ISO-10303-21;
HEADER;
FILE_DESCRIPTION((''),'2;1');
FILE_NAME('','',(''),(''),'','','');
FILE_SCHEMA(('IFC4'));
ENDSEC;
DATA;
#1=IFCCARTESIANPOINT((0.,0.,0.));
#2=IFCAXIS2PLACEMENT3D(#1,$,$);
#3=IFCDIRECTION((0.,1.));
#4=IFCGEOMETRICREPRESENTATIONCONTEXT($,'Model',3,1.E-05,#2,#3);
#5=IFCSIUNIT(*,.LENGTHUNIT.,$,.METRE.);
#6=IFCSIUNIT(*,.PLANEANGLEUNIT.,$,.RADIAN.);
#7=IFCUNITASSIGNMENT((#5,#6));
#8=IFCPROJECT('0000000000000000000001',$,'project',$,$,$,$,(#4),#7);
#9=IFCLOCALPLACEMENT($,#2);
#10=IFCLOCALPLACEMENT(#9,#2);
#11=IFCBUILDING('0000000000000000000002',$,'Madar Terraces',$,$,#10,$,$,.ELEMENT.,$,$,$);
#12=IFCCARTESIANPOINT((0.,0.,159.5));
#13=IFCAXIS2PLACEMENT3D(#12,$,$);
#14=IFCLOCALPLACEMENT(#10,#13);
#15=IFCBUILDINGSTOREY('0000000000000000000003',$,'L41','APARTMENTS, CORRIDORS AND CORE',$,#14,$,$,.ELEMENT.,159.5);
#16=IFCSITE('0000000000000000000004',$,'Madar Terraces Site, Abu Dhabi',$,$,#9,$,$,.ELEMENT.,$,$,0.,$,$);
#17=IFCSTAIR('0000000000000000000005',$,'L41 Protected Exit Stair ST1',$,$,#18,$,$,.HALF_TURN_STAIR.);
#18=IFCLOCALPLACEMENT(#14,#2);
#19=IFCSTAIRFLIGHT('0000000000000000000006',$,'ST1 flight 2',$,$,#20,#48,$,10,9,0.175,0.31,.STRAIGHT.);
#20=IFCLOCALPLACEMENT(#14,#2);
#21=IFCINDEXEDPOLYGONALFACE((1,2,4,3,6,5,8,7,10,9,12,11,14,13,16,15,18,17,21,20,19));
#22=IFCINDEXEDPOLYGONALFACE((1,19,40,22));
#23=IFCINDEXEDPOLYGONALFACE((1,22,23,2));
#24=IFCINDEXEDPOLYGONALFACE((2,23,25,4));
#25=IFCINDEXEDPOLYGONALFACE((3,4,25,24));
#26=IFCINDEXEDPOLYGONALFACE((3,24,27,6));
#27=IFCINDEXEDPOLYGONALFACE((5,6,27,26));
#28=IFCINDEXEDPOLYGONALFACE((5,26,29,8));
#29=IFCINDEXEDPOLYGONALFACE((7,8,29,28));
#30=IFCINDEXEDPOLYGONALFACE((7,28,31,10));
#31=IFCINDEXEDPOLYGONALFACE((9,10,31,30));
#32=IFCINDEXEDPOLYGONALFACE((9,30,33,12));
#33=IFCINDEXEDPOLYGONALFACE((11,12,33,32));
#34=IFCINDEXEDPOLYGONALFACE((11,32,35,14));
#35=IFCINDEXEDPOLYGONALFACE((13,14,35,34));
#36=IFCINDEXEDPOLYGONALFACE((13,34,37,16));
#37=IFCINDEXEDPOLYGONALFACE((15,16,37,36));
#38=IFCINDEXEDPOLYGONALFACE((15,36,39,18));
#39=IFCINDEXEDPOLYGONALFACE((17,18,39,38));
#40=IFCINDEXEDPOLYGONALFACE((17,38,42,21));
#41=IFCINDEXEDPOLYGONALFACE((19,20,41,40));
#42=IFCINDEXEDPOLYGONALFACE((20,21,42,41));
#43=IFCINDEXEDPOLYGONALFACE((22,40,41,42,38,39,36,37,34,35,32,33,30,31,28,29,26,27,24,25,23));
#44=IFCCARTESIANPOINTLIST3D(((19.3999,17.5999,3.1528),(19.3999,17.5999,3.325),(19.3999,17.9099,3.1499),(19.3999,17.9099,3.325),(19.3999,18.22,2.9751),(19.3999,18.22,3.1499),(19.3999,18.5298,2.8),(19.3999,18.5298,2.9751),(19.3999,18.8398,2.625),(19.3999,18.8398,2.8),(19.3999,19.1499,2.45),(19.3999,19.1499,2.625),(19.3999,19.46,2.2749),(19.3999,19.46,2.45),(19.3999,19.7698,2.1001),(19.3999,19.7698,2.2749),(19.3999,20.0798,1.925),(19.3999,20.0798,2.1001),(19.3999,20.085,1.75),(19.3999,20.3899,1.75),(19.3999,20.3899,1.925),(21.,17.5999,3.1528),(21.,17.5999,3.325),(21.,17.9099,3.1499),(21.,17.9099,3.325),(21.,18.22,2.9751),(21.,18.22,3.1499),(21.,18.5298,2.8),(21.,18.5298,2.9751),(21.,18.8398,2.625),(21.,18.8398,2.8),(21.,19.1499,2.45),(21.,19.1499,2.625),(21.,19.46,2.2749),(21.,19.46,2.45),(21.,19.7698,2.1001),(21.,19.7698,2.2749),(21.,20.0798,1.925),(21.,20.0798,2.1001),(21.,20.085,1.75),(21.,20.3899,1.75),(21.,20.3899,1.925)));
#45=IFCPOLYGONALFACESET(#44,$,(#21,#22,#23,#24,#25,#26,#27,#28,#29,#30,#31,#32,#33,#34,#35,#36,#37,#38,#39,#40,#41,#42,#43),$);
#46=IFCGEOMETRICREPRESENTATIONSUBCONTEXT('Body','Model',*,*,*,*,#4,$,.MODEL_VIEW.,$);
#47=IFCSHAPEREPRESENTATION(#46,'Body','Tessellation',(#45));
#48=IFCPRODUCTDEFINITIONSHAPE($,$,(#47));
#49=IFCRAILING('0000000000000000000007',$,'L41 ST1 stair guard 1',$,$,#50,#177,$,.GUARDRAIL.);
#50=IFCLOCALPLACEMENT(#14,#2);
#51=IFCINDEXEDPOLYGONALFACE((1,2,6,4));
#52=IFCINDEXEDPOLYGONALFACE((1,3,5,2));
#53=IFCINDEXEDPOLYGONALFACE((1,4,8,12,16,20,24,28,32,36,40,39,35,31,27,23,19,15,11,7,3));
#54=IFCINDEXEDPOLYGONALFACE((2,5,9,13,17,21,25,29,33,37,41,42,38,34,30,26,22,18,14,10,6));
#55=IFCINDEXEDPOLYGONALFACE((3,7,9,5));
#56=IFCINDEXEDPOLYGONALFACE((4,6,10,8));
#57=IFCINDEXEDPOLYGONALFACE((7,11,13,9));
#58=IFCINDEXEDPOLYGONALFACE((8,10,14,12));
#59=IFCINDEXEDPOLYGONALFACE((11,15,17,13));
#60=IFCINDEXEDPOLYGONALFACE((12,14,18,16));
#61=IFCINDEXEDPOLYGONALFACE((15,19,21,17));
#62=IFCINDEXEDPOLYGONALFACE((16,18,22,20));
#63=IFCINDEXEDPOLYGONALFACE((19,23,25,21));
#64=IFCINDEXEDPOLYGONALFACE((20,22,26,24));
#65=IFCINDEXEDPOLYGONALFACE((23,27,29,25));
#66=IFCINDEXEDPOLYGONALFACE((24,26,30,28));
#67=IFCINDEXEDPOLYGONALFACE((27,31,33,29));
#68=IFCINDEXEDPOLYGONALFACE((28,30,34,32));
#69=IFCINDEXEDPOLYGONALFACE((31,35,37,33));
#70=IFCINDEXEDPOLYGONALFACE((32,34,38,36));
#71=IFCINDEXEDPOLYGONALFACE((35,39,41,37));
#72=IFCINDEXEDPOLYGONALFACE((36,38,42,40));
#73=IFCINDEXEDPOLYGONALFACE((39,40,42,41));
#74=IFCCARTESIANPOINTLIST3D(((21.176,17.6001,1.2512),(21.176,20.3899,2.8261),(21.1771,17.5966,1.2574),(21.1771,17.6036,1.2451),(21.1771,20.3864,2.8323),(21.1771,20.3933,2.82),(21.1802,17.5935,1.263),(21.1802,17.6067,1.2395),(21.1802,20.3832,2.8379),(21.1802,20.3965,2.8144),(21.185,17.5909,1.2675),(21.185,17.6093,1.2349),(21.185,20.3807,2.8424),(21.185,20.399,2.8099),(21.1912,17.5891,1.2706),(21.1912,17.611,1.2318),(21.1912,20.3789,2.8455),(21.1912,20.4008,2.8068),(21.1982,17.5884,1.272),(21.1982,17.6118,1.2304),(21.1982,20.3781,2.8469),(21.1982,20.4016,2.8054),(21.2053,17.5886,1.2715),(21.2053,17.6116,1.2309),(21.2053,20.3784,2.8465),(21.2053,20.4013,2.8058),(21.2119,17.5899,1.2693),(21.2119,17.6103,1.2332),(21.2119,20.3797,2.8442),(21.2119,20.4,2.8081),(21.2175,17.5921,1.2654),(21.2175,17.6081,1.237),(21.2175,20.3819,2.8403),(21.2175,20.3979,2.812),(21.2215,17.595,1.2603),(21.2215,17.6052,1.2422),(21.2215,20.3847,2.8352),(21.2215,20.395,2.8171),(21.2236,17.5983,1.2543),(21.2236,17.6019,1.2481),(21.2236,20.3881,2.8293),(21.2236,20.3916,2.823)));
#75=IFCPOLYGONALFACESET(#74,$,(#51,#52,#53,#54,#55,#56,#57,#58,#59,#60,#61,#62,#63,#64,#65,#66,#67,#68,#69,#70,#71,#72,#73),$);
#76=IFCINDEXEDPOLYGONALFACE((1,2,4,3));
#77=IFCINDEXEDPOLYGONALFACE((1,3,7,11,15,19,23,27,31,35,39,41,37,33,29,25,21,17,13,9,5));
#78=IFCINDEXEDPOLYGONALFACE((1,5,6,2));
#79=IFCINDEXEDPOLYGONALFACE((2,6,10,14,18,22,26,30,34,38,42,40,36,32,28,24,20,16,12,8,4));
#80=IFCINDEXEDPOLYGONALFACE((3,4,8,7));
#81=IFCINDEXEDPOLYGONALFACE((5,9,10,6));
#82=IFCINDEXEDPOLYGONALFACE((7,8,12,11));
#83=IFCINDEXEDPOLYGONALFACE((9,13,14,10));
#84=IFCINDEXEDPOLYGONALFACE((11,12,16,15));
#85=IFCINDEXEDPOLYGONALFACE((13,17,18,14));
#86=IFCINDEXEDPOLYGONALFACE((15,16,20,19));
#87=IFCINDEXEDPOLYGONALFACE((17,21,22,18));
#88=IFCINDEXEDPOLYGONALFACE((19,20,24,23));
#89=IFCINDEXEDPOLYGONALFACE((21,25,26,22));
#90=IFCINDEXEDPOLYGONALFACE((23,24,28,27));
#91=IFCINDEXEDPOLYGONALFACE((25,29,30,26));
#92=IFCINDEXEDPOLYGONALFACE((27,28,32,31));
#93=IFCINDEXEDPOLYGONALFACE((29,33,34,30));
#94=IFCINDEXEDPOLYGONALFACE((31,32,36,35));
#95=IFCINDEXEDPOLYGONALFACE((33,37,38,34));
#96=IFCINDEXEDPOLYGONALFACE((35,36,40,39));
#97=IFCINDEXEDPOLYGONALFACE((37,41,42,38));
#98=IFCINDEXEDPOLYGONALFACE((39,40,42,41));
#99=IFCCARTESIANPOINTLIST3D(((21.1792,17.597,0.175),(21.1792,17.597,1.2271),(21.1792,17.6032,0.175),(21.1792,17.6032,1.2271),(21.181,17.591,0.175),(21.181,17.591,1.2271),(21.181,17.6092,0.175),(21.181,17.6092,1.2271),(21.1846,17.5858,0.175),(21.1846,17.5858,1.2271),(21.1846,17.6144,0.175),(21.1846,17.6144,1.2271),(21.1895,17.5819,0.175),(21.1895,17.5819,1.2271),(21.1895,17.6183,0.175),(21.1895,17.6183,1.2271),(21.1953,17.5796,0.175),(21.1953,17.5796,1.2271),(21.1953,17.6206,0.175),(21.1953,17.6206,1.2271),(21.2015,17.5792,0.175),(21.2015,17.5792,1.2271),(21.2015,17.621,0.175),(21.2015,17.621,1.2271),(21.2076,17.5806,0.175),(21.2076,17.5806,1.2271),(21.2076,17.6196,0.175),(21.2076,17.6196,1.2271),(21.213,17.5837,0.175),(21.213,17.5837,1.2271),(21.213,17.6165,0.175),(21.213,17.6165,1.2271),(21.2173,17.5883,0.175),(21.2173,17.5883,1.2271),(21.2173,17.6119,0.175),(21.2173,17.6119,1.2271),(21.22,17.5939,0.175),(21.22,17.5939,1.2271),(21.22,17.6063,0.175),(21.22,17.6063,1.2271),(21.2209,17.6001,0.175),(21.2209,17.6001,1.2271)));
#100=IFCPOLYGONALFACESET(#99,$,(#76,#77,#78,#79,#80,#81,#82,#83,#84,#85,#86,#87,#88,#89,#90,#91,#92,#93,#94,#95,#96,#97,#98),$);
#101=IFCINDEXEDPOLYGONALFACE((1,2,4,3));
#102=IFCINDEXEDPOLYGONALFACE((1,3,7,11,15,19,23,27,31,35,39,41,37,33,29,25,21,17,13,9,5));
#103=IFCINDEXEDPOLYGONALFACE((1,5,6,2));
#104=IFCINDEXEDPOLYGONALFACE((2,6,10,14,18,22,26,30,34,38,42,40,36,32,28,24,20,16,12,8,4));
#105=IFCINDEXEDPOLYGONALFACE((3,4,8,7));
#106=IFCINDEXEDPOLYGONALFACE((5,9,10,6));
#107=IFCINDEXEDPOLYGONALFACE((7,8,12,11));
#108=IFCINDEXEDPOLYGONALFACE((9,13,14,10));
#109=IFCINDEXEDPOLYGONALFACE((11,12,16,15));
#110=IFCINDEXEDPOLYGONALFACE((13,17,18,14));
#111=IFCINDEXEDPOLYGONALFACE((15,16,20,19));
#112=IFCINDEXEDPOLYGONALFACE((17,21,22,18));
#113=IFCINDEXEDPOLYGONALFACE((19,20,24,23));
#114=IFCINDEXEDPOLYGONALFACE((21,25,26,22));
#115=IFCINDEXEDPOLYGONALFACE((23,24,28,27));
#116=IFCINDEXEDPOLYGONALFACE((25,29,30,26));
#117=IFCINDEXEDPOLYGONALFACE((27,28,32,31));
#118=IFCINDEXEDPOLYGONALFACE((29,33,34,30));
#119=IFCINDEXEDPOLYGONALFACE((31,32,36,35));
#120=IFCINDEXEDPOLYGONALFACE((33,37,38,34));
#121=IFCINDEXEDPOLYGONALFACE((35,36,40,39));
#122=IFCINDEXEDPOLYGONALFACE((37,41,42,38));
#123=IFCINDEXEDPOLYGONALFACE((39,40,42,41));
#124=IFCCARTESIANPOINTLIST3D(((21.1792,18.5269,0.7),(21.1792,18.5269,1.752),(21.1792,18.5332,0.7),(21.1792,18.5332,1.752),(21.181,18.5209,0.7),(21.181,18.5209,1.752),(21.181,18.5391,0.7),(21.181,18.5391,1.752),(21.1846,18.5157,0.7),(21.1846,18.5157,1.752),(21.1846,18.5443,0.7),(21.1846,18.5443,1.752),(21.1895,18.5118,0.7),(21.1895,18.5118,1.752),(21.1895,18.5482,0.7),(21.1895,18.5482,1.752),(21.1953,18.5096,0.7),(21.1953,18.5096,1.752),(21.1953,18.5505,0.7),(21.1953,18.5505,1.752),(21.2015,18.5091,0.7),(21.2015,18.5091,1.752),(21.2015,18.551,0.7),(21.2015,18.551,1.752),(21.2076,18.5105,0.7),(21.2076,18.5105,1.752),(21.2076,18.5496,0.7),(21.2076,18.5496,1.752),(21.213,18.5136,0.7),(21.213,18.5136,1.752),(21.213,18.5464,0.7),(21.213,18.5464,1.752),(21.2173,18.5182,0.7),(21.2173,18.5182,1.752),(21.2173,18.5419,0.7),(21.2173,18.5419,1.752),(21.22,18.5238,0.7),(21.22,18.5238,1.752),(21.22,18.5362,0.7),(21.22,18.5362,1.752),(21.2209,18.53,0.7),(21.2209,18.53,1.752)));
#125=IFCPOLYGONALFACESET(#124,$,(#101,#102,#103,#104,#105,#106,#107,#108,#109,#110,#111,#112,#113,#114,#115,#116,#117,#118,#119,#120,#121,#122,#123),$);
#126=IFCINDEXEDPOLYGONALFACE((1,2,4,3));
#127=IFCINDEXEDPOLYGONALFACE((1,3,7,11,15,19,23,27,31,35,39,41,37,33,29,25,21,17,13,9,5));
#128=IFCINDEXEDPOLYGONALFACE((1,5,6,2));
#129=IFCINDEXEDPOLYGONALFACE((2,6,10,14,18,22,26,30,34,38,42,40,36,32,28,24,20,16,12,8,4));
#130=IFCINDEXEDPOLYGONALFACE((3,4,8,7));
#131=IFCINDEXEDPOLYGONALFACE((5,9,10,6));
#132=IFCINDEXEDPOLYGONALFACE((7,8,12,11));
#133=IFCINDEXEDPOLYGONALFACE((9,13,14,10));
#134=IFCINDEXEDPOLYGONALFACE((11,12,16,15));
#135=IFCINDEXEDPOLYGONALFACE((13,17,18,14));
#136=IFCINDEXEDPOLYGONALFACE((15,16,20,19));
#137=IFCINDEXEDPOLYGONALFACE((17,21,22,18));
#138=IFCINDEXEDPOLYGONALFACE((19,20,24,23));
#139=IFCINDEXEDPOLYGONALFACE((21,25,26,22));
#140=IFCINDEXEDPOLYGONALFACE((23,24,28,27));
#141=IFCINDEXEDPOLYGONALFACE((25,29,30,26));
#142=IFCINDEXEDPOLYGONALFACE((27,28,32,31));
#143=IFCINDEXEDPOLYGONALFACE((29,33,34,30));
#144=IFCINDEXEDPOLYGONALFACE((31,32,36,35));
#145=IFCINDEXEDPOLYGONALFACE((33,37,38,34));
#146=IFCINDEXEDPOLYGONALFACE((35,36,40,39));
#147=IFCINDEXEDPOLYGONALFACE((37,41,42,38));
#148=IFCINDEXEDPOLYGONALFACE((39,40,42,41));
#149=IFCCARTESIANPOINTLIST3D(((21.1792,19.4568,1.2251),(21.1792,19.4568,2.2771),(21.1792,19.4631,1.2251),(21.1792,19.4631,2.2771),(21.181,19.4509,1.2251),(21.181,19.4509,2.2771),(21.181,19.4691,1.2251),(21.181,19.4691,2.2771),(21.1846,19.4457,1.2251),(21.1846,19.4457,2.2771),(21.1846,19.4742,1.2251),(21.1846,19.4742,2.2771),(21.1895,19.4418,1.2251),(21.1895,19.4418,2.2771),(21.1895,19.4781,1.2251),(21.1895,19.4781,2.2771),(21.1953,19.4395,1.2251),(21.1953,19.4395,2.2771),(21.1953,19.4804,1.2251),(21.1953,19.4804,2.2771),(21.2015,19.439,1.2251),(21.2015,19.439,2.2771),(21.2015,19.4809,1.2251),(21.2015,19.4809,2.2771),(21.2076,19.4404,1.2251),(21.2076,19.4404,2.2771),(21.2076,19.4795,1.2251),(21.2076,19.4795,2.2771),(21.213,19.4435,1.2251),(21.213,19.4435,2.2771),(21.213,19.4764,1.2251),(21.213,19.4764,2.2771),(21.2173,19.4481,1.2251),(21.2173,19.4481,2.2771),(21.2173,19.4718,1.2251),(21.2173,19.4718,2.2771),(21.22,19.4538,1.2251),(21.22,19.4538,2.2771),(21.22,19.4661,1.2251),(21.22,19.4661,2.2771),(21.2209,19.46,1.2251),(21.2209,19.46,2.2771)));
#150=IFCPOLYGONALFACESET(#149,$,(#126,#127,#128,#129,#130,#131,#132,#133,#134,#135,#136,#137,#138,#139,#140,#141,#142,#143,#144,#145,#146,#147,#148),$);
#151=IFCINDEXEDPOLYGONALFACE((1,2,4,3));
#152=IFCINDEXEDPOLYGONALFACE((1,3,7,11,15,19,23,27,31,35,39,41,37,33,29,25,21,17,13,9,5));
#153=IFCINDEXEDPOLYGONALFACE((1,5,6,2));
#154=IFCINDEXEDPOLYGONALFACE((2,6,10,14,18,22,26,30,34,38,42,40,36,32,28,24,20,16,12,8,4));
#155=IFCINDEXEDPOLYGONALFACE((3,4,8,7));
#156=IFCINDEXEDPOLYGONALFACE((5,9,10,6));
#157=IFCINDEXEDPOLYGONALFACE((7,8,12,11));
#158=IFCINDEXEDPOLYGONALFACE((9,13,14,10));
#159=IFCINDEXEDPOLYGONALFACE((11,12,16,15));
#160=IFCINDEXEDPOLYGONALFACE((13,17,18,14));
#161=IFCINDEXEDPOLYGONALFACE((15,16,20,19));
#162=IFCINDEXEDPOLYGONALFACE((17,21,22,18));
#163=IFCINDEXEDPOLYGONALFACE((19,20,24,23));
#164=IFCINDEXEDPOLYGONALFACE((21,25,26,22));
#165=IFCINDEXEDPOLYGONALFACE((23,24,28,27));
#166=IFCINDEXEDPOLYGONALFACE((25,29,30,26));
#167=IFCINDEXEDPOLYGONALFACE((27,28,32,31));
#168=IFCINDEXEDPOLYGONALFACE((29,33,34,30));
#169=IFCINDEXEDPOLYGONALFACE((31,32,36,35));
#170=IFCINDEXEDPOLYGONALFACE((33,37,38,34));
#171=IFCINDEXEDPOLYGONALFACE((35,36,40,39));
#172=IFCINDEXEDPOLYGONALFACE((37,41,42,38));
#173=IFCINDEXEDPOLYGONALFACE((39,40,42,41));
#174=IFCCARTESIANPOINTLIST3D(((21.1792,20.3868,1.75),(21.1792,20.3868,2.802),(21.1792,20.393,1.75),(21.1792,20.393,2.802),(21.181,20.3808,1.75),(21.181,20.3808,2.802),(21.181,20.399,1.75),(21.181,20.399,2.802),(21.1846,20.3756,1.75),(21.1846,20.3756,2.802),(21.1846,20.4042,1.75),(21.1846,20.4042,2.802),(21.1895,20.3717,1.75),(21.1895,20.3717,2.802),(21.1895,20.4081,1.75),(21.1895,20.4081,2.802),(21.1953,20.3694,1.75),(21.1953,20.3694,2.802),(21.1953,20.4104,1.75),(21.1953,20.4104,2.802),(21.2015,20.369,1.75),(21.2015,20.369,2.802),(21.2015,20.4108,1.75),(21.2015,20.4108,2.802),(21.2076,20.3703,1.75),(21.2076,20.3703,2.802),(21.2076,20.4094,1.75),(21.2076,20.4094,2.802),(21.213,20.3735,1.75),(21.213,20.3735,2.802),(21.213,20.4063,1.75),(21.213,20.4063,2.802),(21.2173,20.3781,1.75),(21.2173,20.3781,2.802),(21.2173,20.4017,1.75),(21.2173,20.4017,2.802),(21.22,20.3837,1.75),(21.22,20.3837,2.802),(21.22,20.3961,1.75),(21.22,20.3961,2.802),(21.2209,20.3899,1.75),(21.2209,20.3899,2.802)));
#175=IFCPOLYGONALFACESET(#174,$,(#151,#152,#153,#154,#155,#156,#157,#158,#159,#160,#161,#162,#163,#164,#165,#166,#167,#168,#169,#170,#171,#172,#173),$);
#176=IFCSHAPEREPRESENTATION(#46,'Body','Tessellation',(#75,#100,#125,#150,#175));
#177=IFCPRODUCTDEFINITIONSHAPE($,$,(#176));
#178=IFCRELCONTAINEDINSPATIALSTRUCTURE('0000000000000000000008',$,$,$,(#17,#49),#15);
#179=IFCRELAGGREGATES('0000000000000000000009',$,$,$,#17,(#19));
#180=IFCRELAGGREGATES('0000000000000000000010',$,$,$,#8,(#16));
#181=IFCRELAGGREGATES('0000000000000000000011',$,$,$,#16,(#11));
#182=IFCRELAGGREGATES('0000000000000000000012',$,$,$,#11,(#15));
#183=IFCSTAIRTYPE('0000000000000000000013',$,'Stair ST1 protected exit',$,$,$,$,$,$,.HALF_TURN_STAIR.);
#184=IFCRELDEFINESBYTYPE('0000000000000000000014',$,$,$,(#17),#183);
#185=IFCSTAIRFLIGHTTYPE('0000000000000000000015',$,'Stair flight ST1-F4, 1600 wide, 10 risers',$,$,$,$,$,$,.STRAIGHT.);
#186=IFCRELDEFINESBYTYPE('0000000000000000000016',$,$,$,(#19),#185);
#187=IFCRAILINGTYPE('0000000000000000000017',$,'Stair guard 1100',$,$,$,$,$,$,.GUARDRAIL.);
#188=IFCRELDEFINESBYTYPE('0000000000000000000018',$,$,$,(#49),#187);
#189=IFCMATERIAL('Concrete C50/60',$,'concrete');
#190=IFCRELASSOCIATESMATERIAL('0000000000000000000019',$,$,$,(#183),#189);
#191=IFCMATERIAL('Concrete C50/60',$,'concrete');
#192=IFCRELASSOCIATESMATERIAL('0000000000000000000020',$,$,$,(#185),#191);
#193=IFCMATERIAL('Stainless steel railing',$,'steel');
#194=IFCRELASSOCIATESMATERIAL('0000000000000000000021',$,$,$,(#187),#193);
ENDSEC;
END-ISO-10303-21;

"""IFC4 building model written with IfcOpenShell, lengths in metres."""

from ifc_helpers import new_model, si_unit, direction, frame, origin, origin_2d, place, context, subcontext, project, spatial, polyline, circle, outline, extrude, material, type_object, element, aggregate, save


model = new_model("IFC4")

# Units and contexts
model_context = context("Model", 3, precision=1e-05, world=origin(), true_north=direction((0.0, 1.0)))
body_context = subcontext(model_context, "Body", "Model", "MODEL_VIEW")
ifc_project = project(units=[si_unit("LENGTHUNIT", "METRE"), si_unit("PLANEANGLEUNIT", "RADIAN")], contexts=[model_context])

# Site, building, storey
site_placement = place(None, origin())
site = spatial("IfcSite", under=ifc_project, at=site_placement, Name="Madar Terraces Site, Abu Dhabi", CompositionType="ELEMENT", RefElevation=0.0)
building_placement = place(site_placement, origin())
building = spatial("IfcBuilding", under=site, at=building_placement, Name="Madar Terraces", CompositionType="ELEMENT")
storey_placement = place(building_placement, frame((0.0, 0.0, 159.5)))
storey = spatial("IfcBuildingStorey", under=building, at=storey_placement, Name="L41", Description="APARTMENTS, CORRIDORS AND CORE", CompositionType="ELEMENT", Elevation=159.5)

# Stair, stair flight
ifc_material_1 = material(Name="Concrete C50/60", Category="concrete")
stair_type = type_object("IfcStairType", Name="Stair ST1 protected exit", PredefinedType="HALF_TURN_STAIR", material=ifc_material_1)
stair_placement = place(storey_placement, origin())
stair = element("IfcStair", 1, at=stair_placement, inside=storey, type_object=stair_type, Name="L41 Protected Exit Stair ST1", PredefinedType="HALF_TURN_STAIR")
ifc_material_2 = material(Name="Concrete C50/60", Category="concrete")
stair_flight_type = type_object("IfcStairFlightType", Name="Stair flight ST1-F4, 1600 wide, 10 risers", PredefinedType="STRAIGHT", material=ifc_material_2)
stair_flight_1_placement = place(storey_placement, frame((20.2, 20.3899, 1.75), z_axis=(0.0, 0.0, 1.0), x_axis=(0.0, -1.0, 0.0)))
stair_flight_1 = element("IfcStairFlight", 2, at=stair_flight_1_placement, type_object=stair_flight_type, Name="ST1 flight 2", NumberOfRisers=10, NumberOfTreads=9, PredefinedType="STRAIGHT", RiserHeight=0.175, TreadLength=0.31, context=body_context, shape_type="SweptSolid", body=[
    extrude(outline(polyline([(0.0, 0.0), (0.0, 0.175), (0.3101, 0.175), (0.3101, 0.3501), (0.6201, 0.3501), (0.6201, 0.5249), (0.9299, 0.5249), (0.9299, 0.7), (1.24, 0.7), (1.24, 0.875), (1.55, 0.875), (1.55, 1.05), (1.8601, 1.05), (1.8601, 1.2251), (2.1699, 1.2251), (2.1699, 1.3999), (2.48, 1.3999), (2.48, 1.575), (2.79, 1.575), (2.79, 1.75), (2.79, 1.4028), (0.3049, 0.0), (0.0, 0.0)])), frame((0.0, 0.8, 0.0), z_axis=(0.0, -1.0, 0.0), x_axis=(1.0, 0.0, 0.0)), (0.0, 0.0, 1.0), 1.6001),
])
aggregate(stair, [stair_flight_1])

# Railing
ifc_material_3 = material(Name="Stainless steel railing", Category="steel")
railing_type_1 = type_object("IfcRailingType", Name="Stair guard 1100", PredefinedType="GUARDRAIL", material=ifc_material_3)
railing_1_placement = place(storey_placement, frame((21.2, 17.6001, 0.175)))
element("IfcRailing", 3, at=railing_1_placement, inside=storey, type_object=railing_type_1, Name="L41 ST1 stair guard 1", PredefinedType="GUARDRAIL", context=body_context, shape_type="SweptSolid", body=[
    extrude(circle(Radius=0.0239, at=origin_2d()), frame((0.0, 0.0, 1.0762), z_axis=(0.0, 0.870815, 0.49161), x_axis=(-1.0, 0.0, 0.0)), (0.0, 0.0, 1.0), 3.2036),
    extrude(circle(Radius=0.021, at=origin_2d()), origin(), (0.0, 0.0, 1.0), 1.052),
    extrude(circle(Radius=0.021, at=origin_2d()), frame((0.0, 0.9299, 0.5249)), (0.0, 0.0, 1.0), 1.052),
    extrude(circle(Radius=0.021, at=origin_2d()), frame((0.0, 1.8599, 1.05)), (0.0, 0.0, 1.0), 1.052),
    extrude(circle(Radius=0.021, at=origin_2d()), frame((0.0, 2.7898, 1.575)), (0.0, 0.0, 1.0), 1.052),
])

save(model, "model.ifc")
